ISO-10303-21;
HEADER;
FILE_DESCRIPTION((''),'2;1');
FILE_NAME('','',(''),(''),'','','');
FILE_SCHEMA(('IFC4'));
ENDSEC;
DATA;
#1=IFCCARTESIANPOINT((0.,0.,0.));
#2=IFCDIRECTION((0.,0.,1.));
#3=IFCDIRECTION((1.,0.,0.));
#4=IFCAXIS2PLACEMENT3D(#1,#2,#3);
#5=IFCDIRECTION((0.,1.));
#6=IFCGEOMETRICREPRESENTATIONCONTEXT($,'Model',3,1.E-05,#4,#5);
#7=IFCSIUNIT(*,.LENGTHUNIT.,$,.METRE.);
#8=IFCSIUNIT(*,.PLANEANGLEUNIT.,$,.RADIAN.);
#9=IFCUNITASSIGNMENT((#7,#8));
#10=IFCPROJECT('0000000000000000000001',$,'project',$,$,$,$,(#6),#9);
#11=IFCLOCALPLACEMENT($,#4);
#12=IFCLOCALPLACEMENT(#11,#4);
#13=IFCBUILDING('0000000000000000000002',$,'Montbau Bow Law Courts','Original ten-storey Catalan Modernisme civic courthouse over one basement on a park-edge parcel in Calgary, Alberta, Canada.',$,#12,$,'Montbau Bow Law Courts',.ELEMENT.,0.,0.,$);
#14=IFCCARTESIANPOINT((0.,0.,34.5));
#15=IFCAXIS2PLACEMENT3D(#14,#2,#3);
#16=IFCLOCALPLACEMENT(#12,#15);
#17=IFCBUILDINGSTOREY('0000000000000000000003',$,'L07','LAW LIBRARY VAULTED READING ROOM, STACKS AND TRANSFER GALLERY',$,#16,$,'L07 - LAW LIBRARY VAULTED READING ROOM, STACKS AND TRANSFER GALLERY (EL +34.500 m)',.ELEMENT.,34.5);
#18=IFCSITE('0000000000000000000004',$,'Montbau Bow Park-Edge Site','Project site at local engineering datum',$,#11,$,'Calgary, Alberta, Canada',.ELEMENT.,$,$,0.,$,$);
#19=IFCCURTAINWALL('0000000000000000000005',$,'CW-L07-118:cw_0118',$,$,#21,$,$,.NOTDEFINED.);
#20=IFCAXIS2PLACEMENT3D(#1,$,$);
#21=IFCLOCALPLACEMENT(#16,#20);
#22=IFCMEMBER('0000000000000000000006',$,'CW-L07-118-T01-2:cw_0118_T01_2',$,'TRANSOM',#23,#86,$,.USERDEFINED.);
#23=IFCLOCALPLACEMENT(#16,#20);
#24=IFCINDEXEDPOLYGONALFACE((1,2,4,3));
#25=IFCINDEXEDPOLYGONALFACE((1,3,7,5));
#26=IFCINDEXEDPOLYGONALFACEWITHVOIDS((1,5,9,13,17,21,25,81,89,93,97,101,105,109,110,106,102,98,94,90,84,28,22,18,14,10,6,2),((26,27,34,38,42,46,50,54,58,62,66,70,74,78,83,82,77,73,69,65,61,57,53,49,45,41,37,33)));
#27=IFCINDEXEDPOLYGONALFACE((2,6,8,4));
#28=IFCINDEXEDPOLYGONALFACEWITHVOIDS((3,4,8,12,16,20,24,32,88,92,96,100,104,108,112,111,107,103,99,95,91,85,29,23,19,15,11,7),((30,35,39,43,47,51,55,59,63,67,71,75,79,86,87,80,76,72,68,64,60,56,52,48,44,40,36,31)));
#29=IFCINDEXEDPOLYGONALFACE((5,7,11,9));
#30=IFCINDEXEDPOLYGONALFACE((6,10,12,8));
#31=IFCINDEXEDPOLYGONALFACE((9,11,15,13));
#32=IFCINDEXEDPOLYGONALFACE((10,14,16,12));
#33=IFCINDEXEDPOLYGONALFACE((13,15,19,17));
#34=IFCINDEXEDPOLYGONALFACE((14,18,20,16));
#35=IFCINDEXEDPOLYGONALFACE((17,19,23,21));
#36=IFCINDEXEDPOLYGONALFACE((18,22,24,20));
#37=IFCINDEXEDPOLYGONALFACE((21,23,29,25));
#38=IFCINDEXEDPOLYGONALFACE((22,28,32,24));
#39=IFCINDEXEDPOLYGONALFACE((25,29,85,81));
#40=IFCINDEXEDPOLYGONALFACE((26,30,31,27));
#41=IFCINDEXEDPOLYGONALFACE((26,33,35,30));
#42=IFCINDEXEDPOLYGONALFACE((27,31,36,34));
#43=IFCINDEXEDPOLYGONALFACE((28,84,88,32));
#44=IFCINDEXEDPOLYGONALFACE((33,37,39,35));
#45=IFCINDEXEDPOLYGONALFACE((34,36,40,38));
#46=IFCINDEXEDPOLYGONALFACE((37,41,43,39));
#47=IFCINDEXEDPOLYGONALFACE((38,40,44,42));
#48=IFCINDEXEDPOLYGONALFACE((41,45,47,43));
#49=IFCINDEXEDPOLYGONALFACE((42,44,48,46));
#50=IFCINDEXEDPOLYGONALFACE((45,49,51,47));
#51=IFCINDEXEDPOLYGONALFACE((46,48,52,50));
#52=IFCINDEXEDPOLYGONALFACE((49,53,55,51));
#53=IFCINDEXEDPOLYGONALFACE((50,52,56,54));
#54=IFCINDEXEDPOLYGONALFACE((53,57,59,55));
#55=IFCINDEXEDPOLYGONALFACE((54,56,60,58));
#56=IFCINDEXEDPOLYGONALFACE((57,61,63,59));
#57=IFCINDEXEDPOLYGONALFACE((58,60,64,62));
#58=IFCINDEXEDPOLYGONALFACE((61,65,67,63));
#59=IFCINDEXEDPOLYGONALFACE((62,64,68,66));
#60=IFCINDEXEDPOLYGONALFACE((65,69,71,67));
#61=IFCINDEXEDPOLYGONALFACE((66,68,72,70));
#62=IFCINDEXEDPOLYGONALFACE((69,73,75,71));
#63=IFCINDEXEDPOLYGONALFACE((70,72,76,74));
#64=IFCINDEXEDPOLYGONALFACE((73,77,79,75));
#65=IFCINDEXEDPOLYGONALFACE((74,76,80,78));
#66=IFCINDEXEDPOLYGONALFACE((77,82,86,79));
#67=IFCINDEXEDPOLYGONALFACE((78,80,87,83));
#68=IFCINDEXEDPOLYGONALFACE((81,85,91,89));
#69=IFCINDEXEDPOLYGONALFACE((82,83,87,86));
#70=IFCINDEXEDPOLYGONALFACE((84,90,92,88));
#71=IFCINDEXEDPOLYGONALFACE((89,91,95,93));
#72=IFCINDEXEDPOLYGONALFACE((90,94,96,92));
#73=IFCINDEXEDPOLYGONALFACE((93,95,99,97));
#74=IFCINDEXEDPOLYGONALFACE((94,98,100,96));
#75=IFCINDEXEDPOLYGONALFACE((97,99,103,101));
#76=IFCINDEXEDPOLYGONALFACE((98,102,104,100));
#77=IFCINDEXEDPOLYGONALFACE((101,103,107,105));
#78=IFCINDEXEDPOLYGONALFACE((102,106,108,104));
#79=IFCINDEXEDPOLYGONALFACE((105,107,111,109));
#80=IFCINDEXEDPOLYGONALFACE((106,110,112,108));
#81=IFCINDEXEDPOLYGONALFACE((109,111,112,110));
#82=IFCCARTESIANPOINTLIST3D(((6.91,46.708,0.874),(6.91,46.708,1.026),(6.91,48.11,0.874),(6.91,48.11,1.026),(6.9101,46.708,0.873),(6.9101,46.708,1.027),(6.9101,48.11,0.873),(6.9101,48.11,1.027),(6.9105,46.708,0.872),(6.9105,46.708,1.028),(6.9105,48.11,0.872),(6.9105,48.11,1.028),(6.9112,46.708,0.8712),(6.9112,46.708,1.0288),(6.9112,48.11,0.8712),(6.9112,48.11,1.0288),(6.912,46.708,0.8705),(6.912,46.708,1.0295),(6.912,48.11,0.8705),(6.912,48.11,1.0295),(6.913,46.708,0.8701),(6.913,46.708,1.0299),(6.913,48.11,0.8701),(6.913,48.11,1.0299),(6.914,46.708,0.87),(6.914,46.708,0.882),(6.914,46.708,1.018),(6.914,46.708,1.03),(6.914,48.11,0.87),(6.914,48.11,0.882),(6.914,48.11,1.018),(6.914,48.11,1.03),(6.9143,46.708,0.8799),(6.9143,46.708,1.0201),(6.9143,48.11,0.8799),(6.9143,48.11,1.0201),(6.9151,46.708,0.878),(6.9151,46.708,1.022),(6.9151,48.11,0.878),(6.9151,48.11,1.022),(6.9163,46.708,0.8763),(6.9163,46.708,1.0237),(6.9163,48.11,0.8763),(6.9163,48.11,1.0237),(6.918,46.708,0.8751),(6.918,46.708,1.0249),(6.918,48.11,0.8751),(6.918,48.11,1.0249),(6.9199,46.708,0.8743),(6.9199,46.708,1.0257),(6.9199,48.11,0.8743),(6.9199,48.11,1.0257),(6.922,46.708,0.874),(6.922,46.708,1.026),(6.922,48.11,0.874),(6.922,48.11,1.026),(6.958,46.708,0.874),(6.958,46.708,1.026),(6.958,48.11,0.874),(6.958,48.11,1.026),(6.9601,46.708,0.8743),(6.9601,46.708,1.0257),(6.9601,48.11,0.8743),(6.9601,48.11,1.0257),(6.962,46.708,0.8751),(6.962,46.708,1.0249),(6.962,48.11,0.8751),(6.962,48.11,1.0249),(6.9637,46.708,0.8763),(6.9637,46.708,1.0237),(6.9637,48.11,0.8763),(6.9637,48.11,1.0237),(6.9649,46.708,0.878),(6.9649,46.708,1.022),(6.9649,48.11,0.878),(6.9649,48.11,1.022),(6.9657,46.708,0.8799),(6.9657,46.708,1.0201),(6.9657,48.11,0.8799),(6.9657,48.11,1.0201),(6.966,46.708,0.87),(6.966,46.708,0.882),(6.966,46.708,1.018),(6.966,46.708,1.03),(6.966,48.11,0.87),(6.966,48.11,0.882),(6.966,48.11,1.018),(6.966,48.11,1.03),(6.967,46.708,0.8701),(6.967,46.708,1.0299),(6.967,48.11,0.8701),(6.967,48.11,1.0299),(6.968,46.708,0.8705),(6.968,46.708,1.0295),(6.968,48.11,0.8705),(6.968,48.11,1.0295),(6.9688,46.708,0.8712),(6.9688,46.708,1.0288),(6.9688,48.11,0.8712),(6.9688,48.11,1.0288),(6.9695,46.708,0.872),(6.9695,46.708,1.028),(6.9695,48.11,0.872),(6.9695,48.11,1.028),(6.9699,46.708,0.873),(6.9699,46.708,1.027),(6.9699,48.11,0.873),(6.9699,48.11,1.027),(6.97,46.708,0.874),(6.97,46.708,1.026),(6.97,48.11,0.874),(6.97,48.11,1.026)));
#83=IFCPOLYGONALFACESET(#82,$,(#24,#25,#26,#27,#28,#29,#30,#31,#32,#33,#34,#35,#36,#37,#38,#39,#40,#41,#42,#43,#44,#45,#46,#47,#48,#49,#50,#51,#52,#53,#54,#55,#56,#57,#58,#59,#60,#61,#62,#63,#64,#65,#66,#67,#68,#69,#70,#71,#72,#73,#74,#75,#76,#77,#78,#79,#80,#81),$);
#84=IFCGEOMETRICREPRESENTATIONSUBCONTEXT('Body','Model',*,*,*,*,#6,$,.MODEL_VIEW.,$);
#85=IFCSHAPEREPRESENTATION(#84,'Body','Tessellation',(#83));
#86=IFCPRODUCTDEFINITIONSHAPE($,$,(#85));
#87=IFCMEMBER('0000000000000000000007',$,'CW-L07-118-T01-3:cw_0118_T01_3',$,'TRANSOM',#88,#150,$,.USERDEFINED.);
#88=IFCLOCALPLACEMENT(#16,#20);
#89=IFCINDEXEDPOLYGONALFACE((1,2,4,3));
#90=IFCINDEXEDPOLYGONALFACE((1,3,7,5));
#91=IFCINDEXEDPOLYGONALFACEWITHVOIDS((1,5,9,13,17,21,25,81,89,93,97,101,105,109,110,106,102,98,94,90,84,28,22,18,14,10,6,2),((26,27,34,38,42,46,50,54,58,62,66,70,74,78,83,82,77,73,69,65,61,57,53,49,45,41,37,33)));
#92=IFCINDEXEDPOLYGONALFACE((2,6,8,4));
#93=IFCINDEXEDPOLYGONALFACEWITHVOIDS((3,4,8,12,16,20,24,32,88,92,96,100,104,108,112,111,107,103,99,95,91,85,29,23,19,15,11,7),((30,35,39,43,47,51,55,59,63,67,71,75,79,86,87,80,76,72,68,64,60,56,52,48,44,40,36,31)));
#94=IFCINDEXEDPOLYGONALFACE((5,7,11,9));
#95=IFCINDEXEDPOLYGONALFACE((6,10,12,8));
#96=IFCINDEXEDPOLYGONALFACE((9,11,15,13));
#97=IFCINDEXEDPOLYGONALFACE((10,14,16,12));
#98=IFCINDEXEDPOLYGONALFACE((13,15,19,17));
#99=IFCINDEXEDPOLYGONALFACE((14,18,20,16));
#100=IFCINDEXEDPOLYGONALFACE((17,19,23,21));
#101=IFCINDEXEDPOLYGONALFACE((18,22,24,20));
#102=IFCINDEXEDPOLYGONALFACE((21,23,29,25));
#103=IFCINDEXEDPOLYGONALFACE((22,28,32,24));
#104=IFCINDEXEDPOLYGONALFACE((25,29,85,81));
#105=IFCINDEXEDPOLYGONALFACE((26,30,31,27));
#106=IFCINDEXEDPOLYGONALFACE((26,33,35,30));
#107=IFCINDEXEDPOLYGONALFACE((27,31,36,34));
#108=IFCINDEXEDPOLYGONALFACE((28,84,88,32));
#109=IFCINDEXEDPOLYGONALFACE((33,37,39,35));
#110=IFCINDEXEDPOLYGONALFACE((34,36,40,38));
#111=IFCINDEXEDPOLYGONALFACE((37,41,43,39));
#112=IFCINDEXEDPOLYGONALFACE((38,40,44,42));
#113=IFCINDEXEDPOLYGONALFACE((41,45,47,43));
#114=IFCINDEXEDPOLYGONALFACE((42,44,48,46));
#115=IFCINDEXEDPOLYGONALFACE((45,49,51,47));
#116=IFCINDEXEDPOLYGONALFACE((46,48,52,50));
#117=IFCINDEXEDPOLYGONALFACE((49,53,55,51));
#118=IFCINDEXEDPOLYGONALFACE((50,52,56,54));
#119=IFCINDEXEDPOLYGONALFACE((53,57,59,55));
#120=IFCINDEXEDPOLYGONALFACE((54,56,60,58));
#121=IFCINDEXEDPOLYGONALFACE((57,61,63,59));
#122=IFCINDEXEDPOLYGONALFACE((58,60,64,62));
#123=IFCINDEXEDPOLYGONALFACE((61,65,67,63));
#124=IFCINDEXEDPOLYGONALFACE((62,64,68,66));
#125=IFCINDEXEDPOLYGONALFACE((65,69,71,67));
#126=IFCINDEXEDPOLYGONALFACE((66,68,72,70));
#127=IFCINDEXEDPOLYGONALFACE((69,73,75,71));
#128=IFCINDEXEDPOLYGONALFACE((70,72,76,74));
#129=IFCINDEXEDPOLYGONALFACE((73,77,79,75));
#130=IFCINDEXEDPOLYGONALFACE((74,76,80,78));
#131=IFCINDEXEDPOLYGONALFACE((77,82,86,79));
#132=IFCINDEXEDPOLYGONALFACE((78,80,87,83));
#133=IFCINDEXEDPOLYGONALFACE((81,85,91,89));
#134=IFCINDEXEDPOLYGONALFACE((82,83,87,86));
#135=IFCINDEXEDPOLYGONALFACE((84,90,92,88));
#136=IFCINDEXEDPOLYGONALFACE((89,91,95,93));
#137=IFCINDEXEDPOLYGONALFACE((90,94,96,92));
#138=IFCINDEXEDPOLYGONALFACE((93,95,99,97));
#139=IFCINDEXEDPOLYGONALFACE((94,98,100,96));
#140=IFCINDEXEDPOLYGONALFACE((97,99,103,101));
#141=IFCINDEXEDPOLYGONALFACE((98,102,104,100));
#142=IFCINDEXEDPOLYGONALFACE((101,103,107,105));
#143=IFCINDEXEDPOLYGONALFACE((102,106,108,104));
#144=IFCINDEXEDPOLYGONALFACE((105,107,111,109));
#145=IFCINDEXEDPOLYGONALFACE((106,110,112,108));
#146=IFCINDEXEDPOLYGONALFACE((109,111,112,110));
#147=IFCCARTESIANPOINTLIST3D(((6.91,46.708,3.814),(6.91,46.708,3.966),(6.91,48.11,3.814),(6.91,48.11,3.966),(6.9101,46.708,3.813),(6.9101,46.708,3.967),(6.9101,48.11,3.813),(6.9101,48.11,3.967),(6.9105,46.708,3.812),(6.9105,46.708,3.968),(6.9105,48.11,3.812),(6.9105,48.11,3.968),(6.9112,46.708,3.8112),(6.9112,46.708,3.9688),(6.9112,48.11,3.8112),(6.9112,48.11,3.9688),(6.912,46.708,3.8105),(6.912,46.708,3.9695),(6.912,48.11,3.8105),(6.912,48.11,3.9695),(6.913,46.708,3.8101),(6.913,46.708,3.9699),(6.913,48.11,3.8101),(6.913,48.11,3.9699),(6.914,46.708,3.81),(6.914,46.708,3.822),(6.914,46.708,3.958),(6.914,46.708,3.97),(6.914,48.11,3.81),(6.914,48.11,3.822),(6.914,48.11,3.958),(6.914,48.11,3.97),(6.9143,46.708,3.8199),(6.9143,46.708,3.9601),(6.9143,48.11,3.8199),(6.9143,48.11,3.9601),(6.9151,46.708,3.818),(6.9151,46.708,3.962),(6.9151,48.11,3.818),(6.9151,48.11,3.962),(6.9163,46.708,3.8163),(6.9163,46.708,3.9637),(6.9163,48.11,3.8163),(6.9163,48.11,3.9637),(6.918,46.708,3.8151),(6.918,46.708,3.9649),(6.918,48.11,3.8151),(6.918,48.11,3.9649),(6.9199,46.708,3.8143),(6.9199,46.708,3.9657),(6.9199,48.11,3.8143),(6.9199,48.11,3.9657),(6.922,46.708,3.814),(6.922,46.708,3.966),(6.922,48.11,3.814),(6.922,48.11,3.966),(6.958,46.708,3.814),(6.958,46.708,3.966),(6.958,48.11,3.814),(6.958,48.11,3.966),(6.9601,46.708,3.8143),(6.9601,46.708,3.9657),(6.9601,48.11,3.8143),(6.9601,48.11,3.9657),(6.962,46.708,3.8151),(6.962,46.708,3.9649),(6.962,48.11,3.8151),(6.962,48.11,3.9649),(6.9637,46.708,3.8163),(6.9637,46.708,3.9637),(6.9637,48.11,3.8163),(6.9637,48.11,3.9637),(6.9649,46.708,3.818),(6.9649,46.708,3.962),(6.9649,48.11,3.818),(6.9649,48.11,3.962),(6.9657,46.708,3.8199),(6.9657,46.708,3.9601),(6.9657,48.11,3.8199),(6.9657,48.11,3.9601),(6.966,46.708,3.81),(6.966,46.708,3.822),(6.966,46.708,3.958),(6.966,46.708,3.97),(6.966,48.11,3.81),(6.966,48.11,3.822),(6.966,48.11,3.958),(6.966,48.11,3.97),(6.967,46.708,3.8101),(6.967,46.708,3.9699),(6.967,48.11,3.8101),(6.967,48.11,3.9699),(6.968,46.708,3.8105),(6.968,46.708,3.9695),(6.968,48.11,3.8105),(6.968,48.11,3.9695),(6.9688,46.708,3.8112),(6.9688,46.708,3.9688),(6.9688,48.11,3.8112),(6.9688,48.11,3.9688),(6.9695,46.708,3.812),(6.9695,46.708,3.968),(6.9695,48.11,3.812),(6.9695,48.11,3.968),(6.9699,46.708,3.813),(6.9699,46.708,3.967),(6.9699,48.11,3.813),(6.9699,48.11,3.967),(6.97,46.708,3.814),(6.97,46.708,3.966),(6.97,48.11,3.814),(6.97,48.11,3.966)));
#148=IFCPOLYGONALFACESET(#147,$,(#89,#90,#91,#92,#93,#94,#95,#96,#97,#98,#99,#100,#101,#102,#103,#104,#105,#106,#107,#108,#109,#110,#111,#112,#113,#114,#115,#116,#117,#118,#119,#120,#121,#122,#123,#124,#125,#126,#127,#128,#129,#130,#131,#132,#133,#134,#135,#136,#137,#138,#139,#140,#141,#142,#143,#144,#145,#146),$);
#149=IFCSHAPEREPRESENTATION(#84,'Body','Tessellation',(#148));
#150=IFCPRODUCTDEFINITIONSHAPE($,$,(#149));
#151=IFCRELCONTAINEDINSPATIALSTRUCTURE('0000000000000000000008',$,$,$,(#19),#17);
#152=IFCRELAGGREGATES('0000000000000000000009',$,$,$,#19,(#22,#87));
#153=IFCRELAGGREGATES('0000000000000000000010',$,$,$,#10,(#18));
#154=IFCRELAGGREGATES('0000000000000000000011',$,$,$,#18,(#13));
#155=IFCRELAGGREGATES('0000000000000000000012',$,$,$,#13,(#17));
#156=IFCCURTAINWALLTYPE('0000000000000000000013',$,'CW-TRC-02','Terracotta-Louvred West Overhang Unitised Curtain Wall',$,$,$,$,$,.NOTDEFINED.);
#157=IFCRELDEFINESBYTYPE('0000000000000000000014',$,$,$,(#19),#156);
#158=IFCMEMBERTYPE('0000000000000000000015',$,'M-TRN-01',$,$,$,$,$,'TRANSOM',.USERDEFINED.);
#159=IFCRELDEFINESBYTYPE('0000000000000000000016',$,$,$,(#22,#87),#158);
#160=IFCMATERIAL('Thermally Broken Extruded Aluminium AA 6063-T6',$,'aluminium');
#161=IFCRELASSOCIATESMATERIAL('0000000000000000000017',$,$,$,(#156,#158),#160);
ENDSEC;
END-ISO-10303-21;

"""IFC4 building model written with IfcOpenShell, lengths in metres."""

from ifc_helpers import new_model, si_unit, direction, frame, origin_with_axes, origin_2d_with_axis, place, context, subcontext, project, spatial, hollow_rectangle, extrude, material, material_profile, profile_set, type_object, element, aggregate, save


model = new_model("IFC4")

# Units and contexts
model_context = context("Model", 3, precision=1e-05, world=origin_with_axes(), true_north=direction((0.0, 1.0)))
body_context = subcontext(model_context, "Body", "Model", "MODEL_VIEW")
ifc_project = project(units=[si_unit("LENGTHUNIT", "METRE"), si_unit("PLANEANGLEUNIT", "RADIAN")], contexts=[model_context])

# Site, building, storey
site_placement = place(None, origin_with_axes())
site = spatial("IfcSite", under=ifc_project, at=site_placement, Name="Montbau Bow Park-Edge Site", Description="Project site at local engineering datum", LongName="Calgary, Alberta, Canada", CompositionType="ELEMENT", RefElevation=0.0)
building_placement = place(site_placement, origin_with_axes())
building = spatial("IfcBuilding", under=site, at=building_placement, Name="Montbau Bow Law Courts", Description="Original ten-storey Catalan Modernisme civic courthouse over one basement on a park-edge parcel in Calgary, Alberta, Canada.", LongName="Montbau Bow Law Courts", CompositionType="ELEMENT", ElevationOfRefHeight=0.0, ElevationOfTerrain=0.0)
storey_placement = place(building_placement, frame((0.0, 0.0, 34.5), z_axis=(0.0, 0.0, 1.0), x_axis=(1.0, 0.0, 0.0)))
storey = spatial("IfcBuildingStorey", under=building, at=storey_placement, Name="L07", Description="LAW LIBRARY VAULTED READING ROOM, STACKS AND TRANSFER GALLERY", LongName="L07 - LAW LIBRARY VAULTED READING ROOM, STACKS AND TRANSFER GALLERY (EL +34.500 m)", CompositionType="ELEMENT", Elevation=34.5)

# Curtain wall, members
ifc_material_1 = material(Name="Thermally Broken Extruded Aluminium AA 6063-T6", Category="aluminium")
curtain_wall_type = type_object("IfcCurtainWallType", Name="CW-TRC-02", Description="Terracotta-Louvred West Overhang Unitised Curtain Wall", PredefinedType="NOTDEFINED", material=ifc_material_1)
curtain_wall_placement = place(None, frame((6.94, 46.64, 34.5), z_axis=(0.0, 0.0, 1.0), x_axis=(1.0, 0.0, 0.0)))
curtain_wall = element("IfcCurtainWall", 1, at=curtain_wall_placement, inside=storey, type_object=curtain_wall_type, Name="CW-L07-118:cw_0118", PredefinedType="NOTDEFINED")
ifc_material_profile_1 = material_profile(ifc_material_1, hollow_rectangle(XDim=0.06, YDim=0.16, WallThickness=0.004, InnerFilletRadius=0.008, OuterFilletRadius=0.004, at=origin_2d_with_axis()), Name="CWT-160X60", Category="Main", Priority=0)
ifc_profile_set_1 = profile_set([ifc_material_profile_1], Name="Thermally Broken Extruded Aluminium AA 6063-T6")
member_type_1 = type_object("IfcMemberType", Name="M-TRN-01", ElementType="TRANSOM", PredefinedType="USERDEFINED", material=ifc_profile_set_1)
member_1_placement = place(None, frame((6.94, 46.708, 35.45), z_axis=(0.0, 1.0, 0.0), x_axis=(-1.0, 0.0, 0.0)))
member_1 = element("IfcMember", 2, at=member_1_placement, type_object=member_type_1, Name="CW-L07-118-T01-2:cw_0118_T01_2", ObjectType="TRANSOM", PredefinedType="USERDEFINED", context=body_context, shape_type="SweptSolid", body=[
    extrude(hollow_rectangle(XDim=0.06, YDim=0.16, WallThickness=0.004, InnerFilletRadius=0.008, OuterFilletRadius=0.004, at=origin_2d_with_axis()), origin_with_axes(), (0.0, 0.0, 1.0), 1.402),
])
member_2_placement = place(None, frame((6.94, 46.708, 38.39), z_axis=(0.0, 1.0, 0.0), x_axis=(-1.0, 0.0, 0.0)))
member_2 = element("IfcMember", 3, at=member_2_placement, type_object=member_type_1, Name="CW-L07-118-T01-3:cw_0118_T01_3", ObjectType="TRANSOM", PredefinedType="USERDEFINED", context=body_context, shape_type="SweptSolid", body=[
    extrude(hollow_rectangle(XDim=0.06, YDim=0.16, WallThickness=0.004, InnerFilletRadius=0.008, OuterFilletRadius=0.004, at=origin_2d_with_axis()), origin_with_axes(), (0.0, 0.0, 1.0), 1.402),
])
aggregate(curtain_wall, [member_1, member_2])

save(model, "model.ifc")
